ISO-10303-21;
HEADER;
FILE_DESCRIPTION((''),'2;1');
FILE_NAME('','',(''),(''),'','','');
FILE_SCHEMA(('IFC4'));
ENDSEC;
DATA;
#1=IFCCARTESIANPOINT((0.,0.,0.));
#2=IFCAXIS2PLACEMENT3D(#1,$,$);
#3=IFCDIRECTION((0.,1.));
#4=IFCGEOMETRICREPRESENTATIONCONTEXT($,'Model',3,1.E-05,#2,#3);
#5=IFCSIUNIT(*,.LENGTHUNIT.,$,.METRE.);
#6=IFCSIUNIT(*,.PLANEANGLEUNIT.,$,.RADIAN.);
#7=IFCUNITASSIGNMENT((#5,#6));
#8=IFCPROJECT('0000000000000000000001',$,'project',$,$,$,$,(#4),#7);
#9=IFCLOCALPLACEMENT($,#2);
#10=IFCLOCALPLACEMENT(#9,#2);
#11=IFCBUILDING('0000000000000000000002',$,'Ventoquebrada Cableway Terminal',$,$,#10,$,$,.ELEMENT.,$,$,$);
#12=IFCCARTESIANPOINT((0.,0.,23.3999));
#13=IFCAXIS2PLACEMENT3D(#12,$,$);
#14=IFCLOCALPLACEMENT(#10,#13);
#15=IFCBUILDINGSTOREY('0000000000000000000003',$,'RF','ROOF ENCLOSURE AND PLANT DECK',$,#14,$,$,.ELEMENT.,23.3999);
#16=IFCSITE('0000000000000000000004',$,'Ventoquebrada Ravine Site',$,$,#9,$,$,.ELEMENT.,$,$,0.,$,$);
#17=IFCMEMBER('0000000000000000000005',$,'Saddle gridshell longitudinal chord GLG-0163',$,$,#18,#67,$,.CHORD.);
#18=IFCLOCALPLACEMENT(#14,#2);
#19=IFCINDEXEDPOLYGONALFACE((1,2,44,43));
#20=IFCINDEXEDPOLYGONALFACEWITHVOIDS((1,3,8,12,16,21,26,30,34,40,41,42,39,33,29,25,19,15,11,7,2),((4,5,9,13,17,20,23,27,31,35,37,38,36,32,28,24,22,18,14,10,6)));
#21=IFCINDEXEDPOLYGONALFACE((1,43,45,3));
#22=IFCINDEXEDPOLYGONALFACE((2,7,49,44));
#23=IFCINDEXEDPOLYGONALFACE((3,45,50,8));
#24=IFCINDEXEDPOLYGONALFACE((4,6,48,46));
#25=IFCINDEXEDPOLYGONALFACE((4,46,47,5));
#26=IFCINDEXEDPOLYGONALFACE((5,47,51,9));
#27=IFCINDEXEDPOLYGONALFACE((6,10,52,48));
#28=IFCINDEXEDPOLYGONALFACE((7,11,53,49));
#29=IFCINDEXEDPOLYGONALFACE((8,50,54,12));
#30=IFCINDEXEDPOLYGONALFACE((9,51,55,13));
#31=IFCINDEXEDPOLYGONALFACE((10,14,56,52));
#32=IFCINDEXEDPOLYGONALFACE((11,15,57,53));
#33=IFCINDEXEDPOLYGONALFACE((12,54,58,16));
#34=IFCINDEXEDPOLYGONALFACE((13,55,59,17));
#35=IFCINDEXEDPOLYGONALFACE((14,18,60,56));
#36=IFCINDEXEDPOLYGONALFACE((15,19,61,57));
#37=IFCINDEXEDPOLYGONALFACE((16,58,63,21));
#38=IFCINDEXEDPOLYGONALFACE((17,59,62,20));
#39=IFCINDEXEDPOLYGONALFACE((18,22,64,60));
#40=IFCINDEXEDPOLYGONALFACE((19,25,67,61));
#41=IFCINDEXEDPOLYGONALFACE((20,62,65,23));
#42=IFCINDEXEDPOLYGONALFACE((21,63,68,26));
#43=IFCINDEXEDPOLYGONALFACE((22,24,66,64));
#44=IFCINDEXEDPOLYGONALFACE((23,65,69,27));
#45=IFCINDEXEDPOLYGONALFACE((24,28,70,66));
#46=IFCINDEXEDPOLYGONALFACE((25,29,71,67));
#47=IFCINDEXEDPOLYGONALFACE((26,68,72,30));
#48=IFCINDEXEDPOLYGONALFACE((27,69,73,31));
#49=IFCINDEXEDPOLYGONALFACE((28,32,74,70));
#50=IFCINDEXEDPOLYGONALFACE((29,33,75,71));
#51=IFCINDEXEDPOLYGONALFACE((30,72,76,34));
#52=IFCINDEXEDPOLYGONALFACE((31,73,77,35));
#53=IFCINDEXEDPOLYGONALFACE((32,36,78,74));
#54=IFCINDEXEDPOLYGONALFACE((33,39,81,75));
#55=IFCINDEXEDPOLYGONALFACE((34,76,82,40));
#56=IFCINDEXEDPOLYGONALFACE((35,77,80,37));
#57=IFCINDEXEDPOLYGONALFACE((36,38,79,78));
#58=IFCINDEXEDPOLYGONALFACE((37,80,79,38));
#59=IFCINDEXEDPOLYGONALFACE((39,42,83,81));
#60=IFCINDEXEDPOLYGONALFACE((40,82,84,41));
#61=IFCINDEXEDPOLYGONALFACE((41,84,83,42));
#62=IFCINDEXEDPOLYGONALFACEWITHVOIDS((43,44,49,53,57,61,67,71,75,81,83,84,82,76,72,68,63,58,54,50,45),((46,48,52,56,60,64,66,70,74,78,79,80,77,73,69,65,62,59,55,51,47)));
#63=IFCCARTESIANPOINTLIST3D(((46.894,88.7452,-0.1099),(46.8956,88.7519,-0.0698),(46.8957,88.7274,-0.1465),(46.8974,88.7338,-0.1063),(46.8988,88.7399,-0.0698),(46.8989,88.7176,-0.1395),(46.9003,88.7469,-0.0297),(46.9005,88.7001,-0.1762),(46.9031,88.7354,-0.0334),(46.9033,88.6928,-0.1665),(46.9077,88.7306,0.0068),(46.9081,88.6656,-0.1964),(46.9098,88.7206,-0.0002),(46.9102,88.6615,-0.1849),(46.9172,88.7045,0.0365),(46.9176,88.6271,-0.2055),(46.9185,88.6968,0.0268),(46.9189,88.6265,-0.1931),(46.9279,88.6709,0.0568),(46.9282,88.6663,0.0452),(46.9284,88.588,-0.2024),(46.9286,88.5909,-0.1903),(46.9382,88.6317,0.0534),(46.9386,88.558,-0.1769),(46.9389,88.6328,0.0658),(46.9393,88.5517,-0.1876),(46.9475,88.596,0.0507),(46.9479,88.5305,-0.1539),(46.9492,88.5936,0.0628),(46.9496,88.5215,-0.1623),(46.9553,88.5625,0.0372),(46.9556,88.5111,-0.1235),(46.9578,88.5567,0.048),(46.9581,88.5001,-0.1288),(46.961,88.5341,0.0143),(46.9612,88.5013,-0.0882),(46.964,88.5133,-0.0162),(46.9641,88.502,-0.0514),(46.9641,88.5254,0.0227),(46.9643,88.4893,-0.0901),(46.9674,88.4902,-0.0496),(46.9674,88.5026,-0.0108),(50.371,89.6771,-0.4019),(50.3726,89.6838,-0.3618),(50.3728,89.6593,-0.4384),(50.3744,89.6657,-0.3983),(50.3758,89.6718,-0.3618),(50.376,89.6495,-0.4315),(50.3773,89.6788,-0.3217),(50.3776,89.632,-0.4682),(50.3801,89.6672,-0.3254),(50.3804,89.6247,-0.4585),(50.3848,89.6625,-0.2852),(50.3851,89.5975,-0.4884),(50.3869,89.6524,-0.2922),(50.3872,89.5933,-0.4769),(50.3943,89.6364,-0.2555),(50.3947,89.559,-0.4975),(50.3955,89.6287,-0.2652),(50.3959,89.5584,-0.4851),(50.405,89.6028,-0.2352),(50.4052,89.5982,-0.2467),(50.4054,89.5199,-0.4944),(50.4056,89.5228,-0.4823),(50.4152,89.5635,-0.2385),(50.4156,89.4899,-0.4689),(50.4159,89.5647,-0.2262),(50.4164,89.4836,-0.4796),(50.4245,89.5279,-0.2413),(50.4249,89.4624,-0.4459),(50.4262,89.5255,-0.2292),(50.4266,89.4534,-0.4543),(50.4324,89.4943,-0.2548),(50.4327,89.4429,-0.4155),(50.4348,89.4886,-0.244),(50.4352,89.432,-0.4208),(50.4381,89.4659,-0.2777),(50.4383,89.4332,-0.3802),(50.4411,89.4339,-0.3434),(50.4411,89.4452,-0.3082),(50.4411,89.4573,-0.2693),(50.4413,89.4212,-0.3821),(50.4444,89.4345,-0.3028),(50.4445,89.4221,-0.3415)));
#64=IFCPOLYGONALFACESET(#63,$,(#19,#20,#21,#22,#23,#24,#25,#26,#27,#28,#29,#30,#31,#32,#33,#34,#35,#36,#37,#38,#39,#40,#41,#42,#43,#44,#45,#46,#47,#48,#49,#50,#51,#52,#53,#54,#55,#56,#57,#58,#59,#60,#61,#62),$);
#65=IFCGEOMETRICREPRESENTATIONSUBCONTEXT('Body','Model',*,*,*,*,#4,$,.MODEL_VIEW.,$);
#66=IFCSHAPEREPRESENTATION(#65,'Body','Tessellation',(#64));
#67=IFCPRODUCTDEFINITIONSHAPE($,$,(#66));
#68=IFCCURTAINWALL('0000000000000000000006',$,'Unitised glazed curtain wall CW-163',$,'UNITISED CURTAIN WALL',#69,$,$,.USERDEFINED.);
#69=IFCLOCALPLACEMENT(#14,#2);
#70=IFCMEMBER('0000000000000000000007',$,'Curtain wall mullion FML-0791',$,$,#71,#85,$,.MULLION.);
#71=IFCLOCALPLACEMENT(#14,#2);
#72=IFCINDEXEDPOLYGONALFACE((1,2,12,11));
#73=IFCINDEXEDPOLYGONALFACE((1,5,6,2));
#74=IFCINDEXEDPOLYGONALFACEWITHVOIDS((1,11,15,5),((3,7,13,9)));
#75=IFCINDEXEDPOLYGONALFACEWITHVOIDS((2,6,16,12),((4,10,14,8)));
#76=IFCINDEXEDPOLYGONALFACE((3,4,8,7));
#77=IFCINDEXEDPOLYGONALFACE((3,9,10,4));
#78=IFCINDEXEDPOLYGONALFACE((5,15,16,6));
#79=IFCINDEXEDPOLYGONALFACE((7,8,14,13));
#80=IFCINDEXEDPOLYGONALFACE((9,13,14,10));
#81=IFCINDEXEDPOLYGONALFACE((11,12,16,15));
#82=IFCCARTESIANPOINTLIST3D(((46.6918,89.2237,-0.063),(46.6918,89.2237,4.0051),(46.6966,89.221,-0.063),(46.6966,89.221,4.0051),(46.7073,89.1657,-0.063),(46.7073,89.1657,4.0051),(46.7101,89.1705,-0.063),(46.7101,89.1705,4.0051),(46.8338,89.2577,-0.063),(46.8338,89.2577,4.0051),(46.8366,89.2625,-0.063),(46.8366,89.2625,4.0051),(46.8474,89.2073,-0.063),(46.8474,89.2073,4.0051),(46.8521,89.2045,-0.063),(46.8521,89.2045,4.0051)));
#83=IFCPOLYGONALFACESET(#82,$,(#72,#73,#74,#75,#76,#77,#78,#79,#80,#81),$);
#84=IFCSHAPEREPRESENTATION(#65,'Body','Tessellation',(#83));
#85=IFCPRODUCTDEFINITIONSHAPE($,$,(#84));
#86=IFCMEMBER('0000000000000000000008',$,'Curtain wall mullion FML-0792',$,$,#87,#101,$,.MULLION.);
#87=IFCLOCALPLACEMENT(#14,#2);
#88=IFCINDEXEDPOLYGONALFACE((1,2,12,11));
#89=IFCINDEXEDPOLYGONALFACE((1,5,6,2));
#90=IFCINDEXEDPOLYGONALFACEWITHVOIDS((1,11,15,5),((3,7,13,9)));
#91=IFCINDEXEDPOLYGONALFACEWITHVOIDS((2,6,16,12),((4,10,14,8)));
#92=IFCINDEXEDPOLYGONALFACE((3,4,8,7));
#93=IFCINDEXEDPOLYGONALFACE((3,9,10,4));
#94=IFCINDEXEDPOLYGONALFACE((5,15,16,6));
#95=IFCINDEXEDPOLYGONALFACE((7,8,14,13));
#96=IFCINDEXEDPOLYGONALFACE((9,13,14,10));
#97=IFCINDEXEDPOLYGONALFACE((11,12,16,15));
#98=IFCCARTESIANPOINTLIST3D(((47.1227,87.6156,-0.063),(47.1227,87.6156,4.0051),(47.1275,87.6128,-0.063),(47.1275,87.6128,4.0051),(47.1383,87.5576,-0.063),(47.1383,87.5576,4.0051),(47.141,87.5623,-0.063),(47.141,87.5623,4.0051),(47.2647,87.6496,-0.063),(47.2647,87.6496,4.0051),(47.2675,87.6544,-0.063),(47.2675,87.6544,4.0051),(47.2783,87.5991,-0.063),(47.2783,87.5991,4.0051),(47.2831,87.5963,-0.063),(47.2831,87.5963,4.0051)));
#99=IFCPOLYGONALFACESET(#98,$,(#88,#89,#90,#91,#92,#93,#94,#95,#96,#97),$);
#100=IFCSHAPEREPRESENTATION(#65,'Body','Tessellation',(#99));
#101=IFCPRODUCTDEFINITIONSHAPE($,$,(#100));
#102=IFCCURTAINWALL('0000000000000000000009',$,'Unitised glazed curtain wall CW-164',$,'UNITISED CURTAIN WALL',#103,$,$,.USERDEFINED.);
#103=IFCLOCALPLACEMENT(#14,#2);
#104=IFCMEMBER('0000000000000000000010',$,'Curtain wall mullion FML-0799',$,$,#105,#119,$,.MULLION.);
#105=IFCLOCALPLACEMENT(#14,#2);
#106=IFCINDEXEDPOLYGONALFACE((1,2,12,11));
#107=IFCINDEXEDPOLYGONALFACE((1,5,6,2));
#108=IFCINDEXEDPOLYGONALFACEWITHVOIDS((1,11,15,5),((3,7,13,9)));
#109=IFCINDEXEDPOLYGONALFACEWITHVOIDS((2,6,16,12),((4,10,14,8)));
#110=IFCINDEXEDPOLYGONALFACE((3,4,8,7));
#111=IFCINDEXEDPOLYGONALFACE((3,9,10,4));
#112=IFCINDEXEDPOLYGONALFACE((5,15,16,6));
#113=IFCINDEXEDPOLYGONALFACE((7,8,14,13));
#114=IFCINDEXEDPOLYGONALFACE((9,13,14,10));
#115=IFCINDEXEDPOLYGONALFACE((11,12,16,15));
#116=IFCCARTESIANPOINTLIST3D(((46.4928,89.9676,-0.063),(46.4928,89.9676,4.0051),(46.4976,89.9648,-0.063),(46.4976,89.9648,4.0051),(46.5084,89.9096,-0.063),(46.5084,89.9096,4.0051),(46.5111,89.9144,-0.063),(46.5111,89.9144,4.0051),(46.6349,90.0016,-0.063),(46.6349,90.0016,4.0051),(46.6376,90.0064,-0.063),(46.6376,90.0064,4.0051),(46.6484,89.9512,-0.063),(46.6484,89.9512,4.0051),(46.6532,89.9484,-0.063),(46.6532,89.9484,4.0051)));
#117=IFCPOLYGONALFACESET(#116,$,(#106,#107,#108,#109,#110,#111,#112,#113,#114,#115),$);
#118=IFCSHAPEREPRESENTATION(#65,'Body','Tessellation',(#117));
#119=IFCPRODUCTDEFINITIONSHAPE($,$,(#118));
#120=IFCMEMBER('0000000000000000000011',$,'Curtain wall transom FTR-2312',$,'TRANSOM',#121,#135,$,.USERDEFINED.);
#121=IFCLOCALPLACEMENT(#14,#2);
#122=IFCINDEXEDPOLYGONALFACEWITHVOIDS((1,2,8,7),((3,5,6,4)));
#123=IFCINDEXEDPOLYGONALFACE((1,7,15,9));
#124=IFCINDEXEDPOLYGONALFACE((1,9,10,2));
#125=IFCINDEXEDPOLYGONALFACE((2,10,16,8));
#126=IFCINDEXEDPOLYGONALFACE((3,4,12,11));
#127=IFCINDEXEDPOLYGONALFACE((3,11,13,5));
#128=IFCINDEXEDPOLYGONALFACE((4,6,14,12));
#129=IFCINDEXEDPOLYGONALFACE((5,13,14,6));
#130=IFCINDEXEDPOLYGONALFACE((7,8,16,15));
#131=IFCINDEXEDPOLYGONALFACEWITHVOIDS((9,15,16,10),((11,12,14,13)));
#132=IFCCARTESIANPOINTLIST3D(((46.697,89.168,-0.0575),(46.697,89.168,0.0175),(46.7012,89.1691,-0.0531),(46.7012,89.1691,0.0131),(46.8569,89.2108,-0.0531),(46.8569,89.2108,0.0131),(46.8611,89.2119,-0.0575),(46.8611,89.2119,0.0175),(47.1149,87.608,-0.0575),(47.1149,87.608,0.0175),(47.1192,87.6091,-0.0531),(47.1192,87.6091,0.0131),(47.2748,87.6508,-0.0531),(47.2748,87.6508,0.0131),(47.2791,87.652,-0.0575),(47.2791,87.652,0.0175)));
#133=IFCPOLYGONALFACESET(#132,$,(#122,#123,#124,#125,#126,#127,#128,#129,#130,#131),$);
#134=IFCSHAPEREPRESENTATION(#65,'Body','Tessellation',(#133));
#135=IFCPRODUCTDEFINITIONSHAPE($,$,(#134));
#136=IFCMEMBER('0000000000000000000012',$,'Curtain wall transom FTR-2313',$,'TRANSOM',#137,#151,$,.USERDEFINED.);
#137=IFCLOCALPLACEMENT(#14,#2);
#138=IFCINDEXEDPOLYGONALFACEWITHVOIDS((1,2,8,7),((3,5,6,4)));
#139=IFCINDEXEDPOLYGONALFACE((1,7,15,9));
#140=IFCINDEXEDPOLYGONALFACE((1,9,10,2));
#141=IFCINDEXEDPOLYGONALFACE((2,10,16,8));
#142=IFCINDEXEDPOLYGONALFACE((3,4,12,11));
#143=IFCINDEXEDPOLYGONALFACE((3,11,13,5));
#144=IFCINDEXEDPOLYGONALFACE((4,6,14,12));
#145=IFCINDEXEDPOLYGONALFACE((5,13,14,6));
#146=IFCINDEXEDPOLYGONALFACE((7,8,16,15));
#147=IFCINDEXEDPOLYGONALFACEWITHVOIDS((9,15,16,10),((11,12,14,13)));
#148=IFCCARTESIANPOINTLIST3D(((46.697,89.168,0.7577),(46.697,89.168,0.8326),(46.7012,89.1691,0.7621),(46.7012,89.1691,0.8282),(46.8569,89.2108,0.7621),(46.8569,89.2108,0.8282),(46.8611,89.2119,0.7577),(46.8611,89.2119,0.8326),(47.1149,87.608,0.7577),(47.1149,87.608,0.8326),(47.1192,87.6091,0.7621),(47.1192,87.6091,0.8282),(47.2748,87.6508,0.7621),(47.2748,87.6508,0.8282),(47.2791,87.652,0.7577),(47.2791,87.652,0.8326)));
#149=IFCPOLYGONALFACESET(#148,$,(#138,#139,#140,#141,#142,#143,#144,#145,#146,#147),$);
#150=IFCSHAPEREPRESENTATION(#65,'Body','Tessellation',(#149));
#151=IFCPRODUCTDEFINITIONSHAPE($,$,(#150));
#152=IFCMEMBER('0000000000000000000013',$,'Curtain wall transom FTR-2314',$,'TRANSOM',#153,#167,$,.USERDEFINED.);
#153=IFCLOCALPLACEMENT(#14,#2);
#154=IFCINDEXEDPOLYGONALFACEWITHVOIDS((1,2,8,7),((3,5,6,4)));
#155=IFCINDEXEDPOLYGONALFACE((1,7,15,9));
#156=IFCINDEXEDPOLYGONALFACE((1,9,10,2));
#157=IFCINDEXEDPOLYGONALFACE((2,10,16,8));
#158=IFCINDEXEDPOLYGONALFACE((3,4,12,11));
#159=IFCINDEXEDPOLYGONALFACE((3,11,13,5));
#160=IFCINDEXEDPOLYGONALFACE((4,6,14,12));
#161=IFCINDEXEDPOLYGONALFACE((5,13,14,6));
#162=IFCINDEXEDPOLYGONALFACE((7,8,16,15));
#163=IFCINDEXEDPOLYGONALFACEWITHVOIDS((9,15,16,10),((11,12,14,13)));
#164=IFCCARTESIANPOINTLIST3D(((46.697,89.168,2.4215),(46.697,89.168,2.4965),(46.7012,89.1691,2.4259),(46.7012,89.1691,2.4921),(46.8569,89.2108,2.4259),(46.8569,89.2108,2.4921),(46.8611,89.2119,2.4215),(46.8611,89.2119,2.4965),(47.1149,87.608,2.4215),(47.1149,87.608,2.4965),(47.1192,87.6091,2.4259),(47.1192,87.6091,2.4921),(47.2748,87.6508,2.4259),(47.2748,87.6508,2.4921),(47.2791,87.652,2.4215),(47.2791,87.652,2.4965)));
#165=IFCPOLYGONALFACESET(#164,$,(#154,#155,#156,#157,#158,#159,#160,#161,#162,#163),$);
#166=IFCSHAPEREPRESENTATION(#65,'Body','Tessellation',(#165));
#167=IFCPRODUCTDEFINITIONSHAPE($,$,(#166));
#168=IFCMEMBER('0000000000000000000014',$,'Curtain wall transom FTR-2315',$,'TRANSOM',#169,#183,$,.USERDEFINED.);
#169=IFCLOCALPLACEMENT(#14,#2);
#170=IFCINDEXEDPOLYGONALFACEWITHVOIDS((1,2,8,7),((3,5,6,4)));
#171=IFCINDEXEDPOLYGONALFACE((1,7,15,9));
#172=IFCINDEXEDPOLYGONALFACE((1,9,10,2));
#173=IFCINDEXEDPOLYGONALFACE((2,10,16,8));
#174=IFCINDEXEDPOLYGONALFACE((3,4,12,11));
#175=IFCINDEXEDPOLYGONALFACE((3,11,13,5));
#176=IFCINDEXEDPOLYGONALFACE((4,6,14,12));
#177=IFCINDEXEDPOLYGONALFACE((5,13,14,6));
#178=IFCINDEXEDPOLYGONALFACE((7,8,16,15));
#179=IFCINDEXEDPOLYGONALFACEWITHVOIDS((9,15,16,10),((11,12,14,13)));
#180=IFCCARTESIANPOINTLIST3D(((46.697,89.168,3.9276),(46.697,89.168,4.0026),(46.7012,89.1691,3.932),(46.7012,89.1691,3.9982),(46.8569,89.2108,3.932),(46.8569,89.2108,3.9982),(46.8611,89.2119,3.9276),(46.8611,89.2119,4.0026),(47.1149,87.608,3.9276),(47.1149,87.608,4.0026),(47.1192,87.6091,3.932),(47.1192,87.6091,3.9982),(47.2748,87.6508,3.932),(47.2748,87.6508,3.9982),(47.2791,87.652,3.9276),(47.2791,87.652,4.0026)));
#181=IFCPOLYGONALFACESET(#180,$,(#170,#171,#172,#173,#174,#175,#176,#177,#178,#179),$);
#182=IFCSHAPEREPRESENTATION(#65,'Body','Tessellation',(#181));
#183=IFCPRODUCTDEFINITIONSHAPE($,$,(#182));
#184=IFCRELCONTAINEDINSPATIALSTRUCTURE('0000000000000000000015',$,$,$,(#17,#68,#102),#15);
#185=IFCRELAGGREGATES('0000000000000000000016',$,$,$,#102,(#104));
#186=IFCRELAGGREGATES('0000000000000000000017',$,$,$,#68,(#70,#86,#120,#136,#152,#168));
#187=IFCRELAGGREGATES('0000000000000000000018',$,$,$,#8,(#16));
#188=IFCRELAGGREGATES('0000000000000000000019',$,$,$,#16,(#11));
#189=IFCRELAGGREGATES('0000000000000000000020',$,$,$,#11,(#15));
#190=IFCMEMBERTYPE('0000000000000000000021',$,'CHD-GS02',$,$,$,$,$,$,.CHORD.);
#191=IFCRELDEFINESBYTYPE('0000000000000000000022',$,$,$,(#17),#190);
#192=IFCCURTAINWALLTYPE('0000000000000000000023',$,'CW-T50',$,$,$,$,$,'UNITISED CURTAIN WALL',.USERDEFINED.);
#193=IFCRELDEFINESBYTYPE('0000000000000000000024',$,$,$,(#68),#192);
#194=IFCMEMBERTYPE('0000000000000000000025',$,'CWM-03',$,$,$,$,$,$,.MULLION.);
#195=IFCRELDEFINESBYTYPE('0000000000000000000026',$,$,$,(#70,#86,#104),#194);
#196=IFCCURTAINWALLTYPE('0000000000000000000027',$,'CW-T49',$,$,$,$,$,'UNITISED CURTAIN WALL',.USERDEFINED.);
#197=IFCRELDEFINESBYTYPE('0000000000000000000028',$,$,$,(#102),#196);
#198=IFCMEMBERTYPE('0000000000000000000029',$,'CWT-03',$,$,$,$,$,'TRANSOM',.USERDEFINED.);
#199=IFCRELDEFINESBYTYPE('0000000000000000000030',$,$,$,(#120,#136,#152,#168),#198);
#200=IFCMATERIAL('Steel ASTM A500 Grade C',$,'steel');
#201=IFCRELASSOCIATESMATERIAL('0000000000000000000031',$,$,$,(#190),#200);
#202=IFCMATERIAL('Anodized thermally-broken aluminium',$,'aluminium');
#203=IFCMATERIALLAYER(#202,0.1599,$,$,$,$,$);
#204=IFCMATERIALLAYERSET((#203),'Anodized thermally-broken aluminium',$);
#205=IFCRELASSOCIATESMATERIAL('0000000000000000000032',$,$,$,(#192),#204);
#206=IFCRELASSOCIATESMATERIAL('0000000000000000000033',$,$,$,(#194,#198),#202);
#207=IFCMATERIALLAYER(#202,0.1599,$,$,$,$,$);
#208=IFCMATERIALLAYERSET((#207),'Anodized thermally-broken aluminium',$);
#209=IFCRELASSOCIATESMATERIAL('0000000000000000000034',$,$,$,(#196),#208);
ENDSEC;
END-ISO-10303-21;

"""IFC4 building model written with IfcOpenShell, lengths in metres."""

from ifc_helpers import new_model, si_unit, direction, frame, origin, origin_2d, place, context, subcontext, project, spatial, hollow_rectangle, hollow_circle, extrude, material, layer, layer_set, material_profile, profile_set, type_object, element, aggregate, save


model = new_model("IFC4")

# Units and contexts
model_context = context("Model", 3, precision=1e-05, world=origin(), true_north=direction((0.0, 1.0)))
body_context = subcontext(model_context, "Body", "Model", "MODEL_VIEW")
ifc_project = project(units=[si_unit("LENGTHUNIT", "METRE"), si_unit("PLANEANGLEUNIT", "RADIAN")], contexts=[model_context])

# Site, building, storey
site_placement = place(None, origin())
site = spatial("IfcSite", under=ifc_project, at=site_placement, Name="Ventoquebrada Ravine Site", CompositionType="ELEMENT", RefElevation=0.0)
building_placement = place(site_placement, origin())
building = spatial("IfcBuilding", under=site, at=building_placement, Name="Ventoquebrada Cableway Terminal", CompositionType="ELEMENT")
storey_placement = place(building_placement, frame((0.0, 0.0, 23.3999)))
storey = spatial("IfcBuildingStorey", under=building, at=storey_placement, Name="RF", Description="ROOF ENCLOSURE AND PLANT DECK", CompositionType="ELEMENT", Elevation=23.3999)

# Member
ifc_material_1 = material(Name="Steel ASTM A500 Grade C", Category="steel")
ifc_material_profile_1 = material_profile(ifc_material_1, hollow_circle(Radius=0.1365, WallThickness=0.0125, at=origin_2d()), Name="CHS273.0X12.5")
ifc_profile_set_1 = profile_set([ifc_material_profile_1], Name="Steel ASTM A500 Grade C")
member_type_1 = type_object("IfcMemberType", Name="CHD-GS02", PredefinedType="CHORD", material=ifc_profile_set_1)
member_1_placement = place(storey_placement, frame((46.9309, 88.6201, -0.0698), z_axis=(0.962749, 0.258026, -0.080849), x_axis=(-0.258874, 0.965911, 0.0)))
element("IfcMember", 1, at=member_1_placement, inside=storey, type_object=member_type_1, Name="Saddle gridshell longitudinal chord GLG-0163", PredefinedType="CHORD", context=body_context, shape_type="SweptSolid", body=[
    extrude(hollow_circle(Radius=0.1365, WallThickness=0.0125, at=origin_2d()), origin(), (0.0, 0.0, 1.0), 3.6116),
])

# Curtain wall, members
ifc_material_2 = material(Name="Anodized thermally-broken aluminium", Category="aluminium")
ifc_layer_1 = layer(ifc_material_2, 0.1599)
ifc_layer_set_1 = layer_set([ifc_layer_1], Name="Anodized thermally-broken aluminium")
curtain_wall_type_1 = type_object("IfcCurtainWallType", Name="CW-T50", ElementType="UNITISED CURTAIN WALL", PredefinedType="USERDEFINED", material=ifc_layer_set_1)
curtain_wall_1_placement = place(storey_placement, origin())
curtain_wall_1 = element("IfcCurtainWall", 2, at=curtain_wall_1_placement, inside=storey, type_object=curtain_wall_type_1, Name="Unitised glazed curtain wall CW-163", ObjectType="UNITISED CURTAIN WALL", PredefinedType="USERDEFINED")
ifc_material_profile_2 = material_profile(ifc_material_2, hollow_rectangle(XDim=0.0601, YDim=0.1499, WallThickness=0.0039, at=origin_2d()), Name="CW-MUL-60X150")
ifc_profile_set_2 = profile_set([ifc_material_profile_2], Name="Anodized thermally-broken aluminium")
member_type_2 = type_object("IfcMemberType", Name="CWM-03", PredefinedType="MULLION", material=ifc_profile_set_2)
member_2_placement = place(storey_placement, frame((46.772, 89.2141, -0.063), z_axis=(0.0, 0.0, 1.0), x_axis=(0.258802, -0.96593, 0.0)))
member_2 = element("IfcMember", 3, at=member_2_placement, type_object=member_type_2, Name="Curtain wall mullion FML-0791", PredefinedType="MULLION", context=body_context, shape_type="SweptSolid", body=[
    extrude(hollow_rectangle(XDim=0.0601, YDim=0.1499, WallThickness=0.0039, at=origin_2d()), origin(), (0.0, 0.0, 1.0), 4.0681),
])
member_3_placement = place(storey_placement, frame((47.2029, 87.606, -0.063), z_axis=(0.0, 0.0, 1.0), x_axis=(0.258802, -0.96593, 0.0)))
member_3 = element("IfcMember", 4, at=member_3_placement, type_object=member_type_2, Name="Curtain wall mullion FML-0792", PredefinedType="MULLION", context=body_context, shape_type="SweptSolid", body=[
    extrude(hollow_rectangle(XDim=0.0601, YDim=0.1499, WallThickness=0.0039, at=origin_2d()), origin(), (0.0, 0.0, 1.0), 4.0681),
])

# Curtain wall, member
ifc_layer_2 = layer(ifc_material_2, 0.1599)
ifc_layer_set_2 = layer_set([ifc_layer_2], Name="Anodized thermally-broken aluminium")
curtain_wall_type_2 = type_object("IfcCurtainWallType", Name="CW-T49", ElementType="UNITISED CURTAIN WALL", PredefinedType="USERDEFINED", material=ifc_layer_set_2)
curtain_wall_2_placement = place(storey_placement, origin())
curtain_wall_2 = element("IfcCurtainWall", 5, at=curtain_wall_2_placement, inside=storey, type_object=curtain_wall_type_2, Name="Unitised glazed curtain wall CW-164", ObjectType="UNITISED CURTAIN WALL", PredefinedType="USERDEFINED")
member_4_placement = place(storey_placement, frame((46.573, 89.958, -0.063), z_axis=(0.0, 0.0, 1.0), x_axis=(0.258971, -0.965885, 0.0)))
member_4 = element("IfcMember", 6, at=member_4_placement, type_object=member_type_2, Name="Curtain wall mullion FML-0799", PredefinedType="MULLION", context=body_context, shape_type="SweptSolid", body=[
    extrude(hollow_rectangle(XDim=0.0601, YDim=0.1499, WallThickness=0.0039, at=origin_2d()), origin(), (0.0, 0.0, 1.0), 4.0681),
])
aggregate(curtain_wall_2, [member_4])

# Members
ifc_material_profile_3 = material_profile(ifc_material_2, hollow_rectangle(XDim=0.075, YDim=0.1699, WallThickness=0.0044, at=origin_2d()), Name="CW-TRN-75X170")
ifc_profile_set_3 = profile_set([ifc_material_profile_3], Name="Anodized thermally-broken aluminium")
member_type_3 = type_object("IfcMemberType", Name="CWT-03", ElementType="TRANSOM", PredefinedType="USERDEFINED", material=ifc_profile_set_3)
member_5_placement = place(storey_placement, frame((46.7791, 89.1899, -0.02), z_axis=(0.258791, -0.965933, 0.0), x_axis=(0.0, 0.0, 1.0)))
member_5 = element("IfcMember", 7, at=member_5_placement, type_object=member_type_3, Name="Curtain wall transom FTR-2312", ObjectType="TRANSOM", PredefinedType="USERDEFINED", context=body_context, shape_type="SweptSolid", body=[
    extrude(hollow_rectangle(XDim=0.075, YDim=0.1699, WallThickness=0.0044, at=origin_2d()), origin(), (0.0, 0.0, 1.0), 1.615),
])
member_6_placement = place(storey_placement, frame((46.7791, 89.1899, 0.7952), z_axis=(0.258791, -0.965933, 0.0), x_axis=(0.0, 0.0, 1.0)))
member_6 = element("IfcMember", 8, at=member_6_placement, type_object=member_type_3, Name="Curtain wall transom FTR-2313", ObjectType="TRANSOM", PredefinedType="USERDEFINED", context=body_context, shape_type="SweptSolid", body=[
    extrude(hollow_rectangle(XDim=0.075, YDim=0.1699, WallThickness=0.0044, at=origin_2d()), origin(), (0.0, 0.0, 1.0), 1.615),
])
member_7_placement = place(storey_placement, frame((46.7791, 89.1899, 2.459), z_axis=(0.258791, -0.965933, 0.0), x_axis=(0.0, 0.0, 1.0)))
member_7 = element("IfcMember", 9, at=member_7_placement, type_object=member_type_3, Name="Curtain wall transom FTR-2314", ObjectType="TRANSOM", PredefinedType="USERDEFINED", context=body_context, shape_type="SweptSolid", body=[
    extrude(hollow_rectangle(XDim=0.075, YDim=0.1699, WallThickness=0.0044, at=origin_2d()), origin(), (0.0, 0.0, 1.0), 1.615),
])
member_8_placement = place(storey_placement, frame((46.7791, 89.1899, 3.9651), z_axis=(0.258791, -0.965933, 0.0), x_axis=(0.0, 0.0, 1.0)))
member_8 = element("IfcMember", 10, at=member_8_placement, type_object=member_type_3, Name="Curtain wall transom FTR-2315", ObjectType="TRANSOM", PredefinedType="USERDEFINED", context=body_context, shape_type="SweptSolid", body=[
    extrude(hollow_rectangle(XDim=0.075, YDim=0.1699, WallThickness=0.0044, at=origin_2d()), origin(), (0.0, 0.0, 1.0), 1.615),
])

aggregate(curtain_wall_1, [member_2, member_3, member_5, member_6, member_7, member_8])

save(model, "model.ifc")
